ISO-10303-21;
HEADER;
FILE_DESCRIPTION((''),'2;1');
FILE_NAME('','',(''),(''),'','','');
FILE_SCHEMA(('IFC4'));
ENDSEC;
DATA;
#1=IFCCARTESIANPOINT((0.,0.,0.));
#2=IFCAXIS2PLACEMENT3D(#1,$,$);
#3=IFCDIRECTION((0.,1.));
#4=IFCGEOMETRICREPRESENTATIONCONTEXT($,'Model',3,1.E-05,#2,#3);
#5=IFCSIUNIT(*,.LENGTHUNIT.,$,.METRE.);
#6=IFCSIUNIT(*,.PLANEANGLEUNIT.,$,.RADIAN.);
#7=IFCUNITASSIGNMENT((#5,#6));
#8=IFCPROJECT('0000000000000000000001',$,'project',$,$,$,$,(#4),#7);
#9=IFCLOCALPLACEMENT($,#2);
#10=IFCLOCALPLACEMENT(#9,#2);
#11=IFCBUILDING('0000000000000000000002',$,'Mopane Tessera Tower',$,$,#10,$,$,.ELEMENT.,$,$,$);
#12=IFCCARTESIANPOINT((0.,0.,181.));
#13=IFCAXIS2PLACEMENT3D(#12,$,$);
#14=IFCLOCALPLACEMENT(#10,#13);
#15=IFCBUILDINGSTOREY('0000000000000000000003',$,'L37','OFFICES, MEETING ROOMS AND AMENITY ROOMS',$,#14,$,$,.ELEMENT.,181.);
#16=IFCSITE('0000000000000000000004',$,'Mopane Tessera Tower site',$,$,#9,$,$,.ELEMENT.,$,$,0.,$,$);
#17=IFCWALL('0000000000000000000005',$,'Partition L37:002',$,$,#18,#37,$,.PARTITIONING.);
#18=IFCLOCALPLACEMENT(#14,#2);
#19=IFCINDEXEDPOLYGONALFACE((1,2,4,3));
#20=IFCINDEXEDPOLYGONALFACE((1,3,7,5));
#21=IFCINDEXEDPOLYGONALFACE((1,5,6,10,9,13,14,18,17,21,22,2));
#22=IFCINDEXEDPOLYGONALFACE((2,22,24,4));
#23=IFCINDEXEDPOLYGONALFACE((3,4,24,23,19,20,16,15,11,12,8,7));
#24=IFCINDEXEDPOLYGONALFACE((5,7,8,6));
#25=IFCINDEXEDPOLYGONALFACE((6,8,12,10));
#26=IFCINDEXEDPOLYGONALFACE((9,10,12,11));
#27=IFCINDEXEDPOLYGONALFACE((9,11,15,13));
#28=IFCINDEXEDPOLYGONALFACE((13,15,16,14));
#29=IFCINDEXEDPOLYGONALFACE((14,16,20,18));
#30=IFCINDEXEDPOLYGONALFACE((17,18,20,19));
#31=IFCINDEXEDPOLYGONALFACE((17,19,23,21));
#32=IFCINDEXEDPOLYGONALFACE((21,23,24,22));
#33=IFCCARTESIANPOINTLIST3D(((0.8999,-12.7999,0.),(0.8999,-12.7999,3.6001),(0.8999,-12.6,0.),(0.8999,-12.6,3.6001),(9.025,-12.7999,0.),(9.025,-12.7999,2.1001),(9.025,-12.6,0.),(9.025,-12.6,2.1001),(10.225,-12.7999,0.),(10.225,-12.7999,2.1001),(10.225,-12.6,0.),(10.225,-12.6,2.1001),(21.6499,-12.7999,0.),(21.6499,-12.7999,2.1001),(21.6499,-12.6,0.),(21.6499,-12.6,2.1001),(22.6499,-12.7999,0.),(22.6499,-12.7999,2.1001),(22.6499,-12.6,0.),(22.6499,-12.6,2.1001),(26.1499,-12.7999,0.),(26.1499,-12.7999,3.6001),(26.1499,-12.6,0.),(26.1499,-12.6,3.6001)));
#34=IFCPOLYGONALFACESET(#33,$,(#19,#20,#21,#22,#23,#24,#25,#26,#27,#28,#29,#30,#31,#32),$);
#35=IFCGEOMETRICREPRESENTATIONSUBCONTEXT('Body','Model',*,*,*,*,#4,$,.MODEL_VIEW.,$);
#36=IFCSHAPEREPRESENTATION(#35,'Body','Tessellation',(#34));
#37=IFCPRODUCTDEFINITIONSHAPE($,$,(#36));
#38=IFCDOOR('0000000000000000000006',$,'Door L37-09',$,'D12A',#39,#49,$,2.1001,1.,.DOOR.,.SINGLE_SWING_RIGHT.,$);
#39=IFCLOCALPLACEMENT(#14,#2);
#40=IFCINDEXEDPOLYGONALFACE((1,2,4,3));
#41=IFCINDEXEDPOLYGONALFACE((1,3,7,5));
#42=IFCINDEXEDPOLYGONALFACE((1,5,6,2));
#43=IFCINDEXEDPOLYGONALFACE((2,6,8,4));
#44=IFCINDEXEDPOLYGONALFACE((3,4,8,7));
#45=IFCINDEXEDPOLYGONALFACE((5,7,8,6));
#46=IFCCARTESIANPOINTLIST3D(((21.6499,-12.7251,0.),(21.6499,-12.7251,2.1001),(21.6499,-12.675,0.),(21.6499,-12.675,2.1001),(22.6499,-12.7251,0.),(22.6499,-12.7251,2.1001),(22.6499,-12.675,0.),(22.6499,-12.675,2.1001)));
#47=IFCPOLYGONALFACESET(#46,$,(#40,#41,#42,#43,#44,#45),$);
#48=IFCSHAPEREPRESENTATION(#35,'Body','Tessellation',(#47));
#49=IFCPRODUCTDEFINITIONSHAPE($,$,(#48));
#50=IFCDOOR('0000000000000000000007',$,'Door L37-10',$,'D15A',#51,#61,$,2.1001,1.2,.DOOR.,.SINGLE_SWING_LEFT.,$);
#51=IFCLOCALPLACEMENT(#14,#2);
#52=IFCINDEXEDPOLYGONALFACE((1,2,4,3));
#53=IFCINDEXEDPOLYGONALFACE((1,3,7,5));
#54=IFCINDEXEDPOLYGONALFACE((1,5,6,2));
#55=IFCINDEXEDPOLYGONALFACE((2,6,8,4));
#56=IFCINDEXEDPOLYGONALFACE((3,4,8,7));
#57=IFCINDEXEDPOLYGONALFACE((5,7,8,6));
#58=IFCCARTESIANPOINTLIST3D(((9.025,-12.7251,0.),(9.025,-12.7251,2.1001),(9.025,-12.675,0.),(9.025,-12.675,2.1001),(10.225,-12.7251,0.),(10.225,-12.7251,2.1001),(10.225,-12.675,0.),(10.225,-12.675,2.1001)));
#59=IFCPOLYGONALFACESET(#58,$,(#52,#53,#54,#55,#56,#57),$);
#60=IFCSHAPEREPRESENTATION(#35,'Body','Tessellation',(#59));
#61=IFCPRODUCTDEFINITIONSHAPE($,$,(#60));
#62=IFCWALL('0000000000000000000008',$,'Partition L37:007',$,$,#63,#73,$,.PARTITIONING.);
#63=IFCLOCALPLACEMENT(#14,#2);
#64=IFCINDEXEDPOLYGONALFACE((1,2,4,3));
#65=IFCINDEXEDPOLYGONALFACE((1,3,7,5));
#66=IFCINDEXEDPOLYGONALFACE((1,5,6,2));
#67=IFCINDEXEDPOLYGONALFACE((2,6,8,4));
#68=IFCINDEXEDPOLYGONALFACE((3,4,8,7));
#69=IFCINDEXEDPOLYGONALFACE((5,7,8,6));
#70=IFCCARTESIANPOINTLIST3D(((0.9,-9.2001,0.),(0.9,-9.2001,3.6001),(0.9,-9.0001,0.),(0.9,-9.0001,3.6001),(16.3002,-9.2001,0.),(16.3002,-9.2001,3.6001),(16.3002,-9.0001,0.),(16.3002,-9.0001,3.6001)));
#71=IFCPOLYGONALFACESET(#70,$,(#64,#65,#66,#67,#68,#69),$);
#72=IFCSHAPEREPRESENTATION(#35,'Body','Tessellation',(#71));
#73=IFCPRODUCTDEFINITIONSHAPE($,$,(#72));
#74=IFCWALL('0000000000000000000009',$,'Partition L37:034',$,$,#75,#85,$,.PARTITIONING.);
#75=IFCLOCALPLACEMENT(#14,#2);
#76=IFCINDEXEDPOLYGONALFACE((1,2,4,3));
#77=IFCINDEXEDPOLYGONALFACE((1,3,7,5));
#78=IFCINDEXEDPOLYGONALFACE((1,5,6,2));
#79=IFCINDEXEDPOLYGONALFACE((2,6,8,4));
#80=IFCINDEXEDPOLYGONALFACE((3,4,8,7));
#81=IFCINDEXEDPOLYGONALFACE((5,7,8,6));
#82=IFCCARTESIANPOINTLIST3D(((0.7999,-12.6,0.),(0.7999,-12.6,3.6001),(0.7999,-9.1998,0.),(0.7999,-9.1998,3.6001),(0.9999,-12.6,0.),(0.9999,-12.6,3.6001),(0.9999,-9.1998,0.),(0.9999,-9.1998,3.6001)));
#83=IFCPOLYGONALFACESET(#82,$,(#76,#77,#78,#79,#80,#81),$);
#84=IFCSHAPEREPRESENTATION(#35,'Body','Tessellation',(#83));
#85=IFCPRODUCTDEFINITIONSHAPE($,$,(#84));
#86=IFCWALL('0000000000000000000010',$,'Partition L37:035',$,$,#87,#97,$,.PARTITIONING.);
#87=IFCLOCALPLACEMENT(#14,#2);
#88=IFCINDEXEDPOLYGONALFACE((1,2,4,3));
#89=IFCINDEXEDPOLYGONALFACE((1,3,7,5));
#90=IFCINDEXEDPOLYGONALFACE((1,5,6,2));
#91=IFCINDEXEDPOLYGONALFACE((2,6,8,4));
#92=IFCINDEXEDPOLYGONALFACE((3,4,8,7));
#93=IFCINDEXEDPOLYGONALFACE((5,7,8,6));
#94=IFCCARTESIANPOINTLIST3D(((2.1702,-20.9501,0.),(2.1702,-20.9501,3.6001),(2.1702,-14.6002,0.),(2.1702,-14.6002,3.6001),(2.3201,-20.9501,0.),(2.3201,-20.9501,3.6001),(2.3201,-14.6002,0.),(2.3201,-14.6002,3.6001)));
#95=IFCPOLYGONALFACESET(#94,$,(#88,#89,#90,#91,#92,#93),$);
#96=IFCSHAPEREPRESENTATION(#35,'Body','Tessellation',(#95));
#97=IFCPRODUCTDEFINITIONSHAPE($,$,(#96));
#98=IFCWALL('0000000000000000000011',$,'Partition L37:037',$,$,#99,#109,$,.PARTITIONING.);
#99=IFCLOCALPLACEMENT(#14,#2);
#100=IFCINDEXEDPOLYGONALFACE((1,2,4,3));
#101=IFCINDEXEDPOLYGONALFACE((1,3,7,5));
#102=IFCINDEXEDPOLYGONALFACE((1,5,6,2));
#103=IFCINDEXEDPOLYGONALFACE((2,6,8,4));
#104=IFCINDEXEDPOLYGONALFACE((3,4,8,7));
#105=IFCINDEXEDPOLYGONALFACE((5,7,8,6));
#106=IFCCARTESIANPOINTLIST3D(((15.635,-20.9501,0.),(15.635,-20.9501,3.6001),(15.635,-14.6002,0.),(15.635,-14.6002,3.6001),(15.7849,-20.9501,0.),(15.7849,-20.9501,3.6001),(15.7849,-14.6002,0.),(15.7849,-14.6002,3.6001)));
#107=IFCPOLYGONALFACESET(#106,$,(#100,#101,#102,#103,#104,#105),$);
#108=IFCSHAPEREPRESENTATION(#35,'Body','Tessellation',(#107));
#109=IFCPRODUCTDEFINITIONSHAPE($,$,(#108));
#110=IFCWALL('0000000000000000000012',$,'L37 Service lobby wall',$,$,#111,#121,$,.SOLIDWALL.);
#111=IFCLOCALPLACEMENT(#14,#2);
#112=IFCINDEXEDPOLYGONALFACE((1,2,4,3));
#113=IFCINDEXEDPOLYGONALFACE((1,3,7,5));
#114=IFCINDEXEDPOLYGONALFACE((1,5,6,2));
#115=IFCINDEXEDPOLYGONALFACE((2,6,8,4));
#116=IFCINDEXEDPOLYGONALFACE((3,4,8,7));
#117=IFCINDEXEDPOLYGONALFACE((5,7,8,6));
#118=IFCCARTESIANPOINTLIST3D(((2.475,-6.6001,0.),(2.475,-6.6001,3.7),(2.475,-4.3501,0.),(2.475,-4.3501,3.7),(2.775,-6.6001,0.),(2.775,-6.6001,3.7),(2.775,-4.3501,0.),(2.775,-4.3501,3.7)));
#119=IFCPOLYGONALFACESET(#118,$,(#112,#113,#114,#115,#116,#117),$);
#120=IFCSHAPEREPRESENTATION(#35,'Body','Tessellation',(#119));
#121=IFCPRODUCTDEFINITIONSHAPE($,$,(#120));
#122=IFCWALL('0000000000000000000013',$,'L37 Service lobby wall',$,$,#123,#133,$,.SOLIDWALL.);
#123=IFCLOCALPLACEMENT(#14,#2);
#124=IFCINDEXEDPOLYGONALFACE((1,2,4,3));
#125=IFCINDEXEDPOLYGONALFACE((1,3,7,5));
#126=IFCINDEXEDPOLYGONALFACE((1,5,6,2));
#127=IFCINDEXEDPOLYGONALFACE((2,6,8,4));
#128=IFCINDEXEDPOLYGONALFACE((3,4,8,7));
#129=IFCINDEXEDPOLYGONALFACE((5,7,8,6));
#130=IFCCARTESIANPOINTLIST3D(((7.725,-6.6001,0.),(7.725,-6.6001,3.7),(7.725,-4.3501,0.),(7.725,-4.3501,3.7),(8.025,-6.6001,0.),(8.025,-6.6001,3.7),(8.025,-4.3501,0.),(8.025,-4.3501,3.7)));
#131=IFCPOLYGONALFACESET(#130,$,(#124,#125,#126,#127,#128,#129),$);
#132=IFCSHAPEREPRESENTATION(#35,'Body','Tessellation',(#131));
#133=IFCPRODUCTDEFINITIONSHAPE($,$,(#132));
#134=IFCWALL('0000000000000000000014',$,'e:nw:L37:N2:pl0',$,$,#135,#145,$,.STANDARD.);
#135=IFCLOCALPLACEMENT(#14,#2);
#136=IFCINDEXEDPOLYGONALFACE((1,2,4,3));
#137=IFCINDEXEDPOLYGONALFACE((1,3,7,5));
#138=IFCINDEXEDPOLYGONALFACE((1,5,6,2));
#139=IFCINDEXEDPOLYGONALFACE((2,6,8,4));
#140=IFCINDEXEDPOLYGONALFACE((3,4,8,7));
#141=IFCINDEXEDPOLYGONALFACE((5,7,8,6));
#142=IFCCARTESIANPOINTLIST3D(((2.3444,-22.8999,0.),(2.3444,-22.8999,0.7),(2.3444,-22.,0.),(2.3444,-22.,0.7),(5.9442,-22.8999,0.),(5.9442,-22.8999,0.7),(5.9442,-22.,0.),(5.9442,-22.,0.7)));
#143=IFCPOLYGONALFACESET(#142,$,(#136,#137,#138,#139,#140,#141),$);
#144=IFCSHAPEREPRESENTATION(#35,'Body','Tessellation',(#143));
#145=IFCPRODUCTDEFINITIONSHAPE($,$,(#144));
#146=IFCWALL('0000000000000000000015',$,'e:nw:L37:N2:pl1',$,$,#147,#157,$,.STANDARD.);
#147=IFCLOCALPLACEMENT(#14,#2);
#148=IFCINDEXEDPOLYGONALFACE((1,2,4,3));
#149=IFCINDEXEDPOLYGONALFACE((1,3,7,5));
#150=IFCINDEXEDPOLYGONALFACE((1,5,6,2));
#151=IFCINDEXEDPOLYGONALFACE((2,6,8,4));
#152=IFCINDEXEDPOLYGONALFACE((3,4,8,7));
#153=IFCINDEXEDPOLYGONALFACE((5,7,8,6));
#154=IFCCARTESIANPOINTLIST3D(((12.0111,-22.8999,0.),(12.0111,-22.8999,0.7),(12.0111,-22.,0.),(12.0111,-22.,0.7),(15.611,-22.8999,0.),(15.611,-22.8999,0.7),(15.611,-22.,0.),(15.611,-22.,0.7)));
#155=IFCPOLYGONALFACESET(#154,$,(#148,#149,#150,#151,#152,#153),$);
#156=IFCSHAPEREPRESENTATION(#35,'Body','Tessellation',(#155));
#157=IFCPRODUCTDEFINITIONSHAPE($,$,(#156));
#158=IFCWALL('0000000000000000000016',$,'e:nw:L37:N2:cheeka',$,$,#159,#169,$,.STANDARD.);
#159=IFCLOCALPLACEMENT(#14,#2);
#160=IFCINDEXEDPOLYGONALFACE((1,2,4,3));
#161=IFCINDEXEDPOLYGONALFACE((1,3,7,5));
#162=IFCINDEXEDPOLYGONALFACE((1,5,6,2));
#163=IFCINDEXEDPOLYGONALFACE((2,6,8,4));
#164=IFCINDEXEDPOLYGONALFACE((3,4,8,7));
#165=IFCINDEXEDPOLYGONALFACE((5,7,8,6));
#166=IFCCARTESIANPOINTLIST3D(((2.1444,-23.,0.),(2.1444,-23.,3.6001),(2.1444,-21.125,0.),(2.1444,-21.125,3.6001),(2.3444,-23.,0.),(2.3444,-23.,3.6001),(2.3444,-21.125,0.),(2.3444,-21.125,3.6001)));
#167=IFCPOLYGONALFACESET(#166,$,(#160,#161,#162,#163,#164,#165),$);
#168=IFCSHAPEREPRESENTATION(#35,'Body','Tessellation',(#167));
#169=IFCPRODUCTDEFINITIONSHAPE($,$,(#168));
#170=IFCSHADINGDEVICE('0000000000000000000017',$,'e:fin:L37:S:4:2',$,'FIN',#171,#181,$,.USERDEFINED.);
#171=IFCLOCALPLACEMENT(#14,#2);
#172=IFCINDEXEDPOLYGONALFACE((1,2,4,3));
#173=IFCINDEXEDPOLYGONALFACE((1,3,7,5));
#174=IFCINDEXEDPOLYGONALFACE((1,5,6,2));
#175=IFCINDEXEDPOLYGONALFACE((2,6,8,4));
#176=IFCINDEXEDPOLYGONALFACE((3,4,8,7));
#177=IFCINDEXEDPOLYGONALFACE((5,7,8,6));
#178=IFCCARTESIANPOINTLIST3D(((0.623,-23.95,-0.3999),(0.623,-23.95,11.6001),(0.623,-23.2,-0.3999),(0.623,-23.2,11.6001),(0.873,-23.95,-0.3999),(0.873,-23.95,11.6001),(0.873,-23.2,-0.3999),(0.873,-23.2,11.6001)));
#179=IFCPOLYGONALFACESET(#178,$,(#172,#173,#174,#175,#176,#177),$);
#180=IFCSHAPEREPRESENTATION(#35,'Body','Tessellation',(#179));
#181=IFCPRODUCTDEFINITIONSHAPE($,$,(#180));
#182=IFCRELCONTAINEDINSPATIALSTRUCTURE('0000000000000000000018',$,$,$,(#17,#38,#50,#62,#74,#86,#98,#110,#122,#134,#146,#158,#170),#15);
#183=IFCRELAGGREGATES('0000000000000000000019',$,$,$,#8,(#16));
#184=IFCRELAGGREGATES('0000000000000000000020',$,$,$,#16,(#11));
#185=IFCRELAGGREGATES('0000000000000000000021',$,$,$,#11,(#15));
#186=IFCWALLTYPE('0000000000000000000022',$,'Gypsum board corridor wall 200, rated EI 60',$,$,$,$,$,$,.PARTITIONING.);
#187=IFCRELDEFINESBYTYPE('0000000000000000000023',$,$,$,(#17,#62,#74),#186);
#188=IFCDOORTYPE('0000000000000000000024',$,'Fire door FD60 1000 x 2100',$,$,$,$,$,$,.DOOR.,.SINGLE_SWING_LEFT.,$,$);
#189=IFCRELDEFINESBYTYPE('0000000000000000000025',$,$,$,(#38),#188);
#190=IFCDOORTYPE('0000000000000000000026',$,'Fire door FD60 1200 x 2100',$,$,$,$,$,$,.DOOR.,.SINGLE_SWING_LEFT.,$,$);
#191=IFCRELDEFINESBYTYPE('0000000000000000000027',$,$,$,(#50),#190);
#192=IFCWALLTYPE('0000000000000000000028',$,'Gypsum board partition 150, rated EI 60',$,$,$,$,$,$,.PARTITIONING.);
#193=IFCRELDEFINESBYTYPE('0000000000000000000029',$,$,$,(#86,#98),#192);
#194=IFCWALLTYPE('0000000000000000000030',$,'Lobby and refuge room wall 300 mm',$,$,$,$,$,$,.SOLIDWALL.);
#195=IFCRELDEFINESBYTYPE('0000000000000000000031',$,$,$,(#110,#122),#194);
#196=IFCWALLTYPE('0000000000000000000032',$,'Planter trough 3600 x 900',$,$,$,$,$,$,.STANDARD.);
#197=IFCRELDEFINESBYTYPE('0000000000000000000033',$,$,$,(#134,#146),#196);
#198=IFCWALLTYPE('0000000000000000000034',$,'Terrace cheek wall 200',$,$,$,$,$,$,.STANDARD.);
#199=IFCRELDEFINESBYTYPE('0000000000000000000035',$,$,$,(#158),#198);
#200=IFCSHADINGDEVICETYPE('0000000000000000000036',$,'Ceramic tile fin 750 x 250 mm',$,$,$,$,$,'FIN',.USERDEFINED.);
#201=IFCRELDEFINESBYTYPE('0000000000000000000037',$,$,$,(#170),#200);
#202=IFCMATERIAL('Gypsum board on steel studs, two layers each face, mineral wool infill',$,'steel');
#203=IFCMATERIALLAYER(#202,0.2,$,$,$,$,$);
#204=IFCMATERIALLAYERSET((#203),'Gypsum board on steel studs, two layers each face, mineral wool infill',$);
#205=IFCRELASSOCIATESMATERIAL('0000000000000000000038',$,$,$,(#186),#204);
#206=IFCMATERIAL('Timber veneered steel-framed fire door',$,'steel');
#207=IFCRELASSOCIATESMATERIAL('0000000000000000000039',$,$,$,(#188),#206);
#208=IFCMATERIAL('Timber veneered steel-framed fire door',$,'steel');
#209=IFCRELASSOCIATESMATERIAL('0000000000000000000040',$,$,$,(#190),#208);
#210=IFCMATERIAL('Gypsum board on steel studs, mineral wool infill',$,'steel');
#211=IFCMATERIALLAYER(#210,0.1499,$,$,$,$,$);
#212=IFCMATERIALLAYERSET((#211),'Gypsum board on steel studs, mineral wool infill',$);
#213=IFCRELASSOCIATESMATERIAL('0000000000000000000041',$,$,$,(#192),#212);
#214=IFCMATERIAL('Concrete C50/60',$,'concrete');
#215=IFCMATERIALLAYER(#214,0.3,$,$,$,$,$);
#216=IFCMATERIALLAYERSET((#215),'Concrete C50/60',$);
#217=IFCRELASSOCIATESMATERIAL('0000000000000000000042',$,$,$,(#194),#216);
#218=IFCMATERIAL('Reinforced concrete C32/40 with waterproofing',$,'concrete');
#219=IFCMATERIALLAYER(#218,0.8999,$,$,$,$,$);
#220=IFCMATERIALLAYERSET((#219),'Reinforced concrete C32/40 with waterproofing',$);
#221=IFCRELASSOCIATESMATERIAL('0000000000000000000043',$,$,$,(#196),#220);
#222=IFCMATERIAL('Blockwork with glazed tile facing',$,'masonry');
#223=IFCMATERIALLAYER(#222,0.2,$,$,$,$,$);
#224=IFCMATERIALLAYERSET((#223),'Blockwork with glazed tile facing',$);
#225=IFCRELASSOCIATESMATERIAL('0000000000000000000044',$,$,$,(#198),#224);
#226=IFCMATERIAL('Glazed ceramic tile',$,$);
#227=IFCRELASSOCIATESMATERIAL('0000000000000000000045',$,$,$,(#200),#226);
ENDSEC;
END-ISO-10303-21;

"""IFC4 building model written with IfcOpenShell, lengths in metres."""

from ifc_helpers import new_model, si_unit, direction, frame, frame_2d, origin, origin_2d, place, context, subcontext, project, spatial, rectangle, extrude, material, layer, layer_set, type_object, element, fill, save


model = new_model("IFC4")

# Units and contexts
model_context = context("Model", 3, precision=1e-05, world=origin(), true_north=direction((0.0, 1.0)))
body_context = subcontext(model_context, "Body", "Model", "MODEL_VIEW")
ifc_project = project(units=[si_unit("LENGTHUNIT", "METRE"), si_unit("PLANEANGLEUNIT", "RADIAN")], contexts=[model_context])

# Site, building, storey
site_placement = place(None, origin())
site = spatial("IfcSite", under=ifc_project, at=site_placement, Name="Mopane Tessera Tower site", CompositionType="ELEMENT", RefElevation=0.0)
building_placement = place(site_placement, origin())
building = spatial("IfcBuilding", under=site, at=building_placement, Name="Mopane Tessera Tower", CompositionType="ELEMENT")
storey_placement = place(building_placement, frame((0.0, 0.0, 181.0)))
storey = spatial("IfcBuildingStorey", under=building, at=storey_placement, Name="L37", Description="OFFICES, MEETING ROOMS AND AMENITY ROOMS", CompositionType="ELEMENT", Elevation=181.0)

# Wall, openings, doors
ifc_material_1 = material(Name="Gypsum board on steel studs, two layers each face, mineral wool infill", Category="steel")
ifc_layer_1 = layer(ifc_material_1, 0.2)
ifc_layer_set_1 = layer_set([ifc_layer_1], Name="Gypsum board on steel studs, two layers each face, mineral wool infill")
wall_type_1 = type_object("IfcWallType", Name="Gypsum board corridor wall 200, rated EI 60", PredefinedType="PARTITIONING", material=ifc_layer_set_1)
wall_1_placement = place(storey_placement, frame((0.8999, -12.7, 0.0), z_axis=(0.0, 0.0, 1.0), x_axis=(1.0, 0.0, 0.0)))
wall_1 = element("IfcWall", 1, at=wall_1_placement, inside=storey, type_object=wall_type_1, Name="Partition L37:002", PredefinedType="PARTITIONING", context=body_context, shape_type="SweptSolid", body=[
    extrude(rectangle(XDim=25.25, YDim=0.2, at=frame_2d((12.625, 0.0))), origin(), (0.0, 0.0, 1.0), 3.6001),
])
opening_1_placement = place(wall_1_placement, frame((20.75, 0.0, 0.0)))
opening_1 = element("IfcOpeningElement", 2, at=opening_1_placement, cuts=wall_1, PredefinedType="OPENING", context=body_context, shape_type="SweptSolid", body=[
    extrude(rectangle(XDim=1.0, YDim=2.1001, at=frame_2d((0.5, 1.05))), frame((0.0, 0.1121, 0.0), z_axis=(0.0, -1.0, 0.0), x_axis=(1.0, 0.0, 0.0)), (0.0, 0.0, 1.0), 0.2239),
])
opening_2_placement = place(wall_1_placement, frame((8.125, 0.0, 0.0)))
opening_2 = element("IfcOpeningElement", 3, at=opening_2_placement, cuts=wall_1, PredefinedType="OPENING", context=body_context, shape_type="SweptSolid", body=[
    extrude(rectangle(XDim=1.2, YDim=2.1001, at=frame_2d((0.6001, 1.05))), frame((0.0, 0.1121, 0.0), z_axis=(0.0, -1.0, 0.0), x_axis=(1.0, 0.0, 0.0)), (0.0, 0.0, 1.0), 0.2239),
])
ifc_material_2 = material(Name="Timber veneered steel-framed fire door", Category="steel")
door_type_1 = type_object("IfcDoorType", Name="Fire door FD60 1000 x 2100", OperationType="SINGLE_SWING_LEFT", PredefinedType="DOOR", material=ifc_material_2)
door_1_placement = place(opening_1_placement, origin())
door_1 = element("IfcDoor", 4, at=door_1_placement, inside=storey, type_object=door_type_1, Name="Door L37-09", ObjectType="D12A", OperationType="SINGLE_SWING_RIGHT", OverallHeight=2.1001, OverallWidth=1.0, PredefinedType="DOOR", context=body_context, shape_type="SweptSolid", body=[
    extrude(rectangle(XDim=1.0, YDim=2.1001, at=frame_2d((0.5, 1.05))), frame((0.0, 0.0249, 0.0), z_axis=(0.0, -1.0, 0.0), x_axis=(1.0, 0.0, 0.0)), (0.0, 0.0, 1.0), 0.05),
])
fill(opening_1, door_1)
ifc_material_3 = material(Name="Timber veneered steel-framed fire door", Category="steel")
door_type_2 = type_object("IfcDoorType", Name="Fire door FD60 1200 x 2100", OperationType="SINGLE_SWING_LEFT", PredefinedType="DOOR", material=ifc_material_3)
door_2_placement = place(opening_2_placement, origin())
door_2 = element("IfcDoor", 5, at=door_2_placement, inside=storey, type_object=door_type_2, Name="Door L37-10", ObjectType="D15A", OperationType="SINGLE_SWING_LEFT", OverallHeight=2.1001, OverallWidth=1.2, PredefinedType="DOOR", context=body_context, shape_type="SweptSolid", body=[
    extrude(rectangle(XDim=1.2, YDim=2.1001, at=frame_2d((0.6001, 1.05))), frame((0.0, 0.0249, 0.0), z_axis=(0.0, -1.0, 0.0), x_axis=(1.0, 0.0, 0.0)), (0.0, 0.0, 1.0), 0.05),
])
fill(opening_2, door_2)

# Walls
wall_2_placement = place(storey_placement, frame((0.8999, -9.1001, 0.0), z_axis=(0.0, 0.0, 1.0), x_axis=(1.0, 0.0, 0.0)))
element("IfcWall", 6, at=wall_2_placement, inside=storey, type_object=wall_type_1, Name="Partition L37:007", PredefinedType="PARTITIONING", context=body_context, shape_type="SweptSolid", body=[
    extrude(rectangle(XDim=15.4001, YDim=0.2, at=frame_2d((7.7002, 0.0))), origin(), (0.0, 0.0, 1.0), 3.6001),
])
wall_3_placement = place(storey_placement, frame((0.8999, -12.6001, 0.0), z_axis=(0.0, 0.0, 1.0), x_axis=(0.0, 1.0, 0.0)))
element("IfcWall", 7, at=wall_3_placement, inside=storey, type_object=wall_type_1, Name="Partition L37:034", PredefinedType="PARTITIONING", context=body_context, shape_type="SweptSolid", body=[
    extrude(rectangle(XDim=3.4001, YDim=0.2, at=frame_2d((1.7002, 0.0))), origin(), (0.0, 0.0, 1.0), 3.6001),
])
ifc_material_4 = material(Name="Gypsum board on steel studs, mineral wool infill", Category="steel")
ifc_layer_2 = layer(ifc_material_4, 0.1499)
ifc_layer_set_2 = layer_set([ifc_layer_2], Name="Gypsum board on steel studs, mineral wool infill")
wall_type_2 = type_object("IfcWallType", Name="Gypsum board partition 150, rated EI 60", PredefinedType="PARTITIONING", material=ifc_layer_set_2)
for number, where, z_axis, x_axis, name in (
    (8, (2.2451, -20.95, 0.0), (0.0, 0.0, 1.0), (0.0, 1.0, 0.0), "Partition L37:035"),
    (9, (15.71, -20.95, 0.0), (0.0, 0.0, 1.0), (0.0, 1.0, 0.0), "Partition L37:037"),
):
    element("IfcWall", number, at=place(storey_placement, frame(where, z_axis=z_axis, x_axis=x_axis)), inside=storey, type_object=wall_type_2, Name=name, PredefinedType="PARTITIONING", context=body_context, shape_type="SweptSolid", body=[
        extrude(rectangle(XDim=6.3499, YDim=0.1499, at=frame_2d((3.1748, 0.0))), origin(), (0.0, 0.0, 1.0), 3.6001),
    ])
ifc_material_5 = material(Name="Concrete C50/60", Category="concrete")
ifc_layer_3 = layer(ifc_material_5, 0.3)
ifc_layer_set_3 = layer_set([ifc_layer_3], Name="Concrete C50/60")
wall_type_3 = type_object("IfcWallType", Name="Lobby and refuge room wall 300 mm", PredefinedType="SOLIDWALL", material=ifc_layer_set_3)
for number, where, z_axis, x_axis, name in (
    (10, (2.625, -6.6001, 0.0), (0.0, 0.0, 1.0), (0.0, 1.0, 0.0), "L37 Service lobby wall"),
    (11, (7.875, -6.6001, 0.0), (0.0, 0.0, 1.0), (0.0, 1.0, 0.0), "L37 Service lobby wall"),
):
    element("IfcWall", number, at=place(storey_placement, frame(where, z_axis=z_axis, x_axis=x_axis)), inside=storey, type_object=wall_type_3, Name=name, PredefinedType="SOLIDWALL", context=body_context, shape_type="SweptSolid", body=[
        extrude(rectangle(XDim=2.25, YDim=0.3, at=frame_2d((1.125, 0.0))), origin(), (0.0, 0.0, 1.0), 3.7),
    ])
ifc_material_6 = material(Name="Reinforced concrete C32/40 with waterproofing", Category="concrete")
ifc_layer_4 = layer(ifc_material_6, 0.8999)
ifc_layer_set_4 = layer_set([ifc_layer_4], Name="Reinforced concrete C32/40 with waterproofing")
wall_type_4 = type_object("IfcWallType", Name="Planter trough 3600 x 900", PredefinedType="STANDARD", material=ifc_layer_set_4)
for number, where, z_axis, x_axis, name in (
    (12, (2.3445, -22.45, 0.0), (0.0, 0.0, 1.0), (1.0, 0.0, 0.0), "e:nw:L37:N2:pl0"),
    (13, (12.0112, -22.45, 0.0), (0.0, 0.0, 1.0), (1.0, 0.0, 0.0), "e:nw:L37:N2:pl1"),
):
    element("IfcWall", number, at=place(storey_placement, frame(where, z_axis=z_axis, x_axis=x_axis)), inside=storey, type_object=wall_type_4, Name=name, PredefinedType="STANDARD", context=body_context, shape_type="SweptSolid", body=[
        extrude(rectangle(XDim=3.5999, YDim=0.8999, at=frame_2d((1.7998, 0.0))), origin(), (0.0, 0.0, 1.0), 0.7),
    ])
ifc_material_7 = material(Name="Blockwork with glazed tile facing", Category="masonry")
ifc_layer_5 = layer(ifc_material_7, 0.2)
ifc_layer_set_5 = layer_set([ifc_layer_5], Name="Blockwork with glazed tile facing")
wall_type_5 = type_object("IfcWallType", Name="Terrace cheek wall 200", PredefinedType="STANDARD", material=ifc_layer_set_5)
wall_4_placement = place(storey_placement, frame((2.2444, -23.0, 0.0), z_axis=(0.0, 0.0, 1.0), x_axis=(0.0, 1.0, 0.0)))
element("IfcWall", 14, at=wall_4_placement, inside=storey, type_object=wall_type_5, Name="e:nw:L37:N2:cheeka", PredefinedType="STANDARD", context=body_context, shape_type="SweptSolid", body=[
    extrude(rectangle(XDim=1.875, YDim=0.2, at=frame_2d((0.9375, 0.0))), origin(), (0.0, 0.0, 1.0), 3.6001),
])

# Shading device
ifc_material_8 = material(Name="Glazed ceramic tile")
shading_device_type = type_object("IfcShadingDeviceType", Name="Ceramic tile fin 750 x 250 mm", ElementType="FIN", PredefinedType="USERDEFINED", material=ifc_material_8)
for number, where, z_axis, x_axis, name in (
    (15, (0.748, -23.575, -0.3999), (0.0, 0.0, 1.0), (1.0, 0.0, 0.0), "e:fin:L37:S:4:2"),
):
    element("IfcShadingDevice", number, at=place(storey_placement, frame(where, z_axis=z_axis, x_axis=x_axis)), inside=storey, type_object=shading_device_type, Name=name, ObjectType="FIN", PredefinedType="USERDEFINED", context=body_context, shape_type="SweptSolid", body=[
        extrude(rectangle(XDim=0.25, YDim=0.75, at=origin_2d()), origin(), (0.0, 0.0, 1.0), 12.0),
    ])

save(model, "model.ifc")
